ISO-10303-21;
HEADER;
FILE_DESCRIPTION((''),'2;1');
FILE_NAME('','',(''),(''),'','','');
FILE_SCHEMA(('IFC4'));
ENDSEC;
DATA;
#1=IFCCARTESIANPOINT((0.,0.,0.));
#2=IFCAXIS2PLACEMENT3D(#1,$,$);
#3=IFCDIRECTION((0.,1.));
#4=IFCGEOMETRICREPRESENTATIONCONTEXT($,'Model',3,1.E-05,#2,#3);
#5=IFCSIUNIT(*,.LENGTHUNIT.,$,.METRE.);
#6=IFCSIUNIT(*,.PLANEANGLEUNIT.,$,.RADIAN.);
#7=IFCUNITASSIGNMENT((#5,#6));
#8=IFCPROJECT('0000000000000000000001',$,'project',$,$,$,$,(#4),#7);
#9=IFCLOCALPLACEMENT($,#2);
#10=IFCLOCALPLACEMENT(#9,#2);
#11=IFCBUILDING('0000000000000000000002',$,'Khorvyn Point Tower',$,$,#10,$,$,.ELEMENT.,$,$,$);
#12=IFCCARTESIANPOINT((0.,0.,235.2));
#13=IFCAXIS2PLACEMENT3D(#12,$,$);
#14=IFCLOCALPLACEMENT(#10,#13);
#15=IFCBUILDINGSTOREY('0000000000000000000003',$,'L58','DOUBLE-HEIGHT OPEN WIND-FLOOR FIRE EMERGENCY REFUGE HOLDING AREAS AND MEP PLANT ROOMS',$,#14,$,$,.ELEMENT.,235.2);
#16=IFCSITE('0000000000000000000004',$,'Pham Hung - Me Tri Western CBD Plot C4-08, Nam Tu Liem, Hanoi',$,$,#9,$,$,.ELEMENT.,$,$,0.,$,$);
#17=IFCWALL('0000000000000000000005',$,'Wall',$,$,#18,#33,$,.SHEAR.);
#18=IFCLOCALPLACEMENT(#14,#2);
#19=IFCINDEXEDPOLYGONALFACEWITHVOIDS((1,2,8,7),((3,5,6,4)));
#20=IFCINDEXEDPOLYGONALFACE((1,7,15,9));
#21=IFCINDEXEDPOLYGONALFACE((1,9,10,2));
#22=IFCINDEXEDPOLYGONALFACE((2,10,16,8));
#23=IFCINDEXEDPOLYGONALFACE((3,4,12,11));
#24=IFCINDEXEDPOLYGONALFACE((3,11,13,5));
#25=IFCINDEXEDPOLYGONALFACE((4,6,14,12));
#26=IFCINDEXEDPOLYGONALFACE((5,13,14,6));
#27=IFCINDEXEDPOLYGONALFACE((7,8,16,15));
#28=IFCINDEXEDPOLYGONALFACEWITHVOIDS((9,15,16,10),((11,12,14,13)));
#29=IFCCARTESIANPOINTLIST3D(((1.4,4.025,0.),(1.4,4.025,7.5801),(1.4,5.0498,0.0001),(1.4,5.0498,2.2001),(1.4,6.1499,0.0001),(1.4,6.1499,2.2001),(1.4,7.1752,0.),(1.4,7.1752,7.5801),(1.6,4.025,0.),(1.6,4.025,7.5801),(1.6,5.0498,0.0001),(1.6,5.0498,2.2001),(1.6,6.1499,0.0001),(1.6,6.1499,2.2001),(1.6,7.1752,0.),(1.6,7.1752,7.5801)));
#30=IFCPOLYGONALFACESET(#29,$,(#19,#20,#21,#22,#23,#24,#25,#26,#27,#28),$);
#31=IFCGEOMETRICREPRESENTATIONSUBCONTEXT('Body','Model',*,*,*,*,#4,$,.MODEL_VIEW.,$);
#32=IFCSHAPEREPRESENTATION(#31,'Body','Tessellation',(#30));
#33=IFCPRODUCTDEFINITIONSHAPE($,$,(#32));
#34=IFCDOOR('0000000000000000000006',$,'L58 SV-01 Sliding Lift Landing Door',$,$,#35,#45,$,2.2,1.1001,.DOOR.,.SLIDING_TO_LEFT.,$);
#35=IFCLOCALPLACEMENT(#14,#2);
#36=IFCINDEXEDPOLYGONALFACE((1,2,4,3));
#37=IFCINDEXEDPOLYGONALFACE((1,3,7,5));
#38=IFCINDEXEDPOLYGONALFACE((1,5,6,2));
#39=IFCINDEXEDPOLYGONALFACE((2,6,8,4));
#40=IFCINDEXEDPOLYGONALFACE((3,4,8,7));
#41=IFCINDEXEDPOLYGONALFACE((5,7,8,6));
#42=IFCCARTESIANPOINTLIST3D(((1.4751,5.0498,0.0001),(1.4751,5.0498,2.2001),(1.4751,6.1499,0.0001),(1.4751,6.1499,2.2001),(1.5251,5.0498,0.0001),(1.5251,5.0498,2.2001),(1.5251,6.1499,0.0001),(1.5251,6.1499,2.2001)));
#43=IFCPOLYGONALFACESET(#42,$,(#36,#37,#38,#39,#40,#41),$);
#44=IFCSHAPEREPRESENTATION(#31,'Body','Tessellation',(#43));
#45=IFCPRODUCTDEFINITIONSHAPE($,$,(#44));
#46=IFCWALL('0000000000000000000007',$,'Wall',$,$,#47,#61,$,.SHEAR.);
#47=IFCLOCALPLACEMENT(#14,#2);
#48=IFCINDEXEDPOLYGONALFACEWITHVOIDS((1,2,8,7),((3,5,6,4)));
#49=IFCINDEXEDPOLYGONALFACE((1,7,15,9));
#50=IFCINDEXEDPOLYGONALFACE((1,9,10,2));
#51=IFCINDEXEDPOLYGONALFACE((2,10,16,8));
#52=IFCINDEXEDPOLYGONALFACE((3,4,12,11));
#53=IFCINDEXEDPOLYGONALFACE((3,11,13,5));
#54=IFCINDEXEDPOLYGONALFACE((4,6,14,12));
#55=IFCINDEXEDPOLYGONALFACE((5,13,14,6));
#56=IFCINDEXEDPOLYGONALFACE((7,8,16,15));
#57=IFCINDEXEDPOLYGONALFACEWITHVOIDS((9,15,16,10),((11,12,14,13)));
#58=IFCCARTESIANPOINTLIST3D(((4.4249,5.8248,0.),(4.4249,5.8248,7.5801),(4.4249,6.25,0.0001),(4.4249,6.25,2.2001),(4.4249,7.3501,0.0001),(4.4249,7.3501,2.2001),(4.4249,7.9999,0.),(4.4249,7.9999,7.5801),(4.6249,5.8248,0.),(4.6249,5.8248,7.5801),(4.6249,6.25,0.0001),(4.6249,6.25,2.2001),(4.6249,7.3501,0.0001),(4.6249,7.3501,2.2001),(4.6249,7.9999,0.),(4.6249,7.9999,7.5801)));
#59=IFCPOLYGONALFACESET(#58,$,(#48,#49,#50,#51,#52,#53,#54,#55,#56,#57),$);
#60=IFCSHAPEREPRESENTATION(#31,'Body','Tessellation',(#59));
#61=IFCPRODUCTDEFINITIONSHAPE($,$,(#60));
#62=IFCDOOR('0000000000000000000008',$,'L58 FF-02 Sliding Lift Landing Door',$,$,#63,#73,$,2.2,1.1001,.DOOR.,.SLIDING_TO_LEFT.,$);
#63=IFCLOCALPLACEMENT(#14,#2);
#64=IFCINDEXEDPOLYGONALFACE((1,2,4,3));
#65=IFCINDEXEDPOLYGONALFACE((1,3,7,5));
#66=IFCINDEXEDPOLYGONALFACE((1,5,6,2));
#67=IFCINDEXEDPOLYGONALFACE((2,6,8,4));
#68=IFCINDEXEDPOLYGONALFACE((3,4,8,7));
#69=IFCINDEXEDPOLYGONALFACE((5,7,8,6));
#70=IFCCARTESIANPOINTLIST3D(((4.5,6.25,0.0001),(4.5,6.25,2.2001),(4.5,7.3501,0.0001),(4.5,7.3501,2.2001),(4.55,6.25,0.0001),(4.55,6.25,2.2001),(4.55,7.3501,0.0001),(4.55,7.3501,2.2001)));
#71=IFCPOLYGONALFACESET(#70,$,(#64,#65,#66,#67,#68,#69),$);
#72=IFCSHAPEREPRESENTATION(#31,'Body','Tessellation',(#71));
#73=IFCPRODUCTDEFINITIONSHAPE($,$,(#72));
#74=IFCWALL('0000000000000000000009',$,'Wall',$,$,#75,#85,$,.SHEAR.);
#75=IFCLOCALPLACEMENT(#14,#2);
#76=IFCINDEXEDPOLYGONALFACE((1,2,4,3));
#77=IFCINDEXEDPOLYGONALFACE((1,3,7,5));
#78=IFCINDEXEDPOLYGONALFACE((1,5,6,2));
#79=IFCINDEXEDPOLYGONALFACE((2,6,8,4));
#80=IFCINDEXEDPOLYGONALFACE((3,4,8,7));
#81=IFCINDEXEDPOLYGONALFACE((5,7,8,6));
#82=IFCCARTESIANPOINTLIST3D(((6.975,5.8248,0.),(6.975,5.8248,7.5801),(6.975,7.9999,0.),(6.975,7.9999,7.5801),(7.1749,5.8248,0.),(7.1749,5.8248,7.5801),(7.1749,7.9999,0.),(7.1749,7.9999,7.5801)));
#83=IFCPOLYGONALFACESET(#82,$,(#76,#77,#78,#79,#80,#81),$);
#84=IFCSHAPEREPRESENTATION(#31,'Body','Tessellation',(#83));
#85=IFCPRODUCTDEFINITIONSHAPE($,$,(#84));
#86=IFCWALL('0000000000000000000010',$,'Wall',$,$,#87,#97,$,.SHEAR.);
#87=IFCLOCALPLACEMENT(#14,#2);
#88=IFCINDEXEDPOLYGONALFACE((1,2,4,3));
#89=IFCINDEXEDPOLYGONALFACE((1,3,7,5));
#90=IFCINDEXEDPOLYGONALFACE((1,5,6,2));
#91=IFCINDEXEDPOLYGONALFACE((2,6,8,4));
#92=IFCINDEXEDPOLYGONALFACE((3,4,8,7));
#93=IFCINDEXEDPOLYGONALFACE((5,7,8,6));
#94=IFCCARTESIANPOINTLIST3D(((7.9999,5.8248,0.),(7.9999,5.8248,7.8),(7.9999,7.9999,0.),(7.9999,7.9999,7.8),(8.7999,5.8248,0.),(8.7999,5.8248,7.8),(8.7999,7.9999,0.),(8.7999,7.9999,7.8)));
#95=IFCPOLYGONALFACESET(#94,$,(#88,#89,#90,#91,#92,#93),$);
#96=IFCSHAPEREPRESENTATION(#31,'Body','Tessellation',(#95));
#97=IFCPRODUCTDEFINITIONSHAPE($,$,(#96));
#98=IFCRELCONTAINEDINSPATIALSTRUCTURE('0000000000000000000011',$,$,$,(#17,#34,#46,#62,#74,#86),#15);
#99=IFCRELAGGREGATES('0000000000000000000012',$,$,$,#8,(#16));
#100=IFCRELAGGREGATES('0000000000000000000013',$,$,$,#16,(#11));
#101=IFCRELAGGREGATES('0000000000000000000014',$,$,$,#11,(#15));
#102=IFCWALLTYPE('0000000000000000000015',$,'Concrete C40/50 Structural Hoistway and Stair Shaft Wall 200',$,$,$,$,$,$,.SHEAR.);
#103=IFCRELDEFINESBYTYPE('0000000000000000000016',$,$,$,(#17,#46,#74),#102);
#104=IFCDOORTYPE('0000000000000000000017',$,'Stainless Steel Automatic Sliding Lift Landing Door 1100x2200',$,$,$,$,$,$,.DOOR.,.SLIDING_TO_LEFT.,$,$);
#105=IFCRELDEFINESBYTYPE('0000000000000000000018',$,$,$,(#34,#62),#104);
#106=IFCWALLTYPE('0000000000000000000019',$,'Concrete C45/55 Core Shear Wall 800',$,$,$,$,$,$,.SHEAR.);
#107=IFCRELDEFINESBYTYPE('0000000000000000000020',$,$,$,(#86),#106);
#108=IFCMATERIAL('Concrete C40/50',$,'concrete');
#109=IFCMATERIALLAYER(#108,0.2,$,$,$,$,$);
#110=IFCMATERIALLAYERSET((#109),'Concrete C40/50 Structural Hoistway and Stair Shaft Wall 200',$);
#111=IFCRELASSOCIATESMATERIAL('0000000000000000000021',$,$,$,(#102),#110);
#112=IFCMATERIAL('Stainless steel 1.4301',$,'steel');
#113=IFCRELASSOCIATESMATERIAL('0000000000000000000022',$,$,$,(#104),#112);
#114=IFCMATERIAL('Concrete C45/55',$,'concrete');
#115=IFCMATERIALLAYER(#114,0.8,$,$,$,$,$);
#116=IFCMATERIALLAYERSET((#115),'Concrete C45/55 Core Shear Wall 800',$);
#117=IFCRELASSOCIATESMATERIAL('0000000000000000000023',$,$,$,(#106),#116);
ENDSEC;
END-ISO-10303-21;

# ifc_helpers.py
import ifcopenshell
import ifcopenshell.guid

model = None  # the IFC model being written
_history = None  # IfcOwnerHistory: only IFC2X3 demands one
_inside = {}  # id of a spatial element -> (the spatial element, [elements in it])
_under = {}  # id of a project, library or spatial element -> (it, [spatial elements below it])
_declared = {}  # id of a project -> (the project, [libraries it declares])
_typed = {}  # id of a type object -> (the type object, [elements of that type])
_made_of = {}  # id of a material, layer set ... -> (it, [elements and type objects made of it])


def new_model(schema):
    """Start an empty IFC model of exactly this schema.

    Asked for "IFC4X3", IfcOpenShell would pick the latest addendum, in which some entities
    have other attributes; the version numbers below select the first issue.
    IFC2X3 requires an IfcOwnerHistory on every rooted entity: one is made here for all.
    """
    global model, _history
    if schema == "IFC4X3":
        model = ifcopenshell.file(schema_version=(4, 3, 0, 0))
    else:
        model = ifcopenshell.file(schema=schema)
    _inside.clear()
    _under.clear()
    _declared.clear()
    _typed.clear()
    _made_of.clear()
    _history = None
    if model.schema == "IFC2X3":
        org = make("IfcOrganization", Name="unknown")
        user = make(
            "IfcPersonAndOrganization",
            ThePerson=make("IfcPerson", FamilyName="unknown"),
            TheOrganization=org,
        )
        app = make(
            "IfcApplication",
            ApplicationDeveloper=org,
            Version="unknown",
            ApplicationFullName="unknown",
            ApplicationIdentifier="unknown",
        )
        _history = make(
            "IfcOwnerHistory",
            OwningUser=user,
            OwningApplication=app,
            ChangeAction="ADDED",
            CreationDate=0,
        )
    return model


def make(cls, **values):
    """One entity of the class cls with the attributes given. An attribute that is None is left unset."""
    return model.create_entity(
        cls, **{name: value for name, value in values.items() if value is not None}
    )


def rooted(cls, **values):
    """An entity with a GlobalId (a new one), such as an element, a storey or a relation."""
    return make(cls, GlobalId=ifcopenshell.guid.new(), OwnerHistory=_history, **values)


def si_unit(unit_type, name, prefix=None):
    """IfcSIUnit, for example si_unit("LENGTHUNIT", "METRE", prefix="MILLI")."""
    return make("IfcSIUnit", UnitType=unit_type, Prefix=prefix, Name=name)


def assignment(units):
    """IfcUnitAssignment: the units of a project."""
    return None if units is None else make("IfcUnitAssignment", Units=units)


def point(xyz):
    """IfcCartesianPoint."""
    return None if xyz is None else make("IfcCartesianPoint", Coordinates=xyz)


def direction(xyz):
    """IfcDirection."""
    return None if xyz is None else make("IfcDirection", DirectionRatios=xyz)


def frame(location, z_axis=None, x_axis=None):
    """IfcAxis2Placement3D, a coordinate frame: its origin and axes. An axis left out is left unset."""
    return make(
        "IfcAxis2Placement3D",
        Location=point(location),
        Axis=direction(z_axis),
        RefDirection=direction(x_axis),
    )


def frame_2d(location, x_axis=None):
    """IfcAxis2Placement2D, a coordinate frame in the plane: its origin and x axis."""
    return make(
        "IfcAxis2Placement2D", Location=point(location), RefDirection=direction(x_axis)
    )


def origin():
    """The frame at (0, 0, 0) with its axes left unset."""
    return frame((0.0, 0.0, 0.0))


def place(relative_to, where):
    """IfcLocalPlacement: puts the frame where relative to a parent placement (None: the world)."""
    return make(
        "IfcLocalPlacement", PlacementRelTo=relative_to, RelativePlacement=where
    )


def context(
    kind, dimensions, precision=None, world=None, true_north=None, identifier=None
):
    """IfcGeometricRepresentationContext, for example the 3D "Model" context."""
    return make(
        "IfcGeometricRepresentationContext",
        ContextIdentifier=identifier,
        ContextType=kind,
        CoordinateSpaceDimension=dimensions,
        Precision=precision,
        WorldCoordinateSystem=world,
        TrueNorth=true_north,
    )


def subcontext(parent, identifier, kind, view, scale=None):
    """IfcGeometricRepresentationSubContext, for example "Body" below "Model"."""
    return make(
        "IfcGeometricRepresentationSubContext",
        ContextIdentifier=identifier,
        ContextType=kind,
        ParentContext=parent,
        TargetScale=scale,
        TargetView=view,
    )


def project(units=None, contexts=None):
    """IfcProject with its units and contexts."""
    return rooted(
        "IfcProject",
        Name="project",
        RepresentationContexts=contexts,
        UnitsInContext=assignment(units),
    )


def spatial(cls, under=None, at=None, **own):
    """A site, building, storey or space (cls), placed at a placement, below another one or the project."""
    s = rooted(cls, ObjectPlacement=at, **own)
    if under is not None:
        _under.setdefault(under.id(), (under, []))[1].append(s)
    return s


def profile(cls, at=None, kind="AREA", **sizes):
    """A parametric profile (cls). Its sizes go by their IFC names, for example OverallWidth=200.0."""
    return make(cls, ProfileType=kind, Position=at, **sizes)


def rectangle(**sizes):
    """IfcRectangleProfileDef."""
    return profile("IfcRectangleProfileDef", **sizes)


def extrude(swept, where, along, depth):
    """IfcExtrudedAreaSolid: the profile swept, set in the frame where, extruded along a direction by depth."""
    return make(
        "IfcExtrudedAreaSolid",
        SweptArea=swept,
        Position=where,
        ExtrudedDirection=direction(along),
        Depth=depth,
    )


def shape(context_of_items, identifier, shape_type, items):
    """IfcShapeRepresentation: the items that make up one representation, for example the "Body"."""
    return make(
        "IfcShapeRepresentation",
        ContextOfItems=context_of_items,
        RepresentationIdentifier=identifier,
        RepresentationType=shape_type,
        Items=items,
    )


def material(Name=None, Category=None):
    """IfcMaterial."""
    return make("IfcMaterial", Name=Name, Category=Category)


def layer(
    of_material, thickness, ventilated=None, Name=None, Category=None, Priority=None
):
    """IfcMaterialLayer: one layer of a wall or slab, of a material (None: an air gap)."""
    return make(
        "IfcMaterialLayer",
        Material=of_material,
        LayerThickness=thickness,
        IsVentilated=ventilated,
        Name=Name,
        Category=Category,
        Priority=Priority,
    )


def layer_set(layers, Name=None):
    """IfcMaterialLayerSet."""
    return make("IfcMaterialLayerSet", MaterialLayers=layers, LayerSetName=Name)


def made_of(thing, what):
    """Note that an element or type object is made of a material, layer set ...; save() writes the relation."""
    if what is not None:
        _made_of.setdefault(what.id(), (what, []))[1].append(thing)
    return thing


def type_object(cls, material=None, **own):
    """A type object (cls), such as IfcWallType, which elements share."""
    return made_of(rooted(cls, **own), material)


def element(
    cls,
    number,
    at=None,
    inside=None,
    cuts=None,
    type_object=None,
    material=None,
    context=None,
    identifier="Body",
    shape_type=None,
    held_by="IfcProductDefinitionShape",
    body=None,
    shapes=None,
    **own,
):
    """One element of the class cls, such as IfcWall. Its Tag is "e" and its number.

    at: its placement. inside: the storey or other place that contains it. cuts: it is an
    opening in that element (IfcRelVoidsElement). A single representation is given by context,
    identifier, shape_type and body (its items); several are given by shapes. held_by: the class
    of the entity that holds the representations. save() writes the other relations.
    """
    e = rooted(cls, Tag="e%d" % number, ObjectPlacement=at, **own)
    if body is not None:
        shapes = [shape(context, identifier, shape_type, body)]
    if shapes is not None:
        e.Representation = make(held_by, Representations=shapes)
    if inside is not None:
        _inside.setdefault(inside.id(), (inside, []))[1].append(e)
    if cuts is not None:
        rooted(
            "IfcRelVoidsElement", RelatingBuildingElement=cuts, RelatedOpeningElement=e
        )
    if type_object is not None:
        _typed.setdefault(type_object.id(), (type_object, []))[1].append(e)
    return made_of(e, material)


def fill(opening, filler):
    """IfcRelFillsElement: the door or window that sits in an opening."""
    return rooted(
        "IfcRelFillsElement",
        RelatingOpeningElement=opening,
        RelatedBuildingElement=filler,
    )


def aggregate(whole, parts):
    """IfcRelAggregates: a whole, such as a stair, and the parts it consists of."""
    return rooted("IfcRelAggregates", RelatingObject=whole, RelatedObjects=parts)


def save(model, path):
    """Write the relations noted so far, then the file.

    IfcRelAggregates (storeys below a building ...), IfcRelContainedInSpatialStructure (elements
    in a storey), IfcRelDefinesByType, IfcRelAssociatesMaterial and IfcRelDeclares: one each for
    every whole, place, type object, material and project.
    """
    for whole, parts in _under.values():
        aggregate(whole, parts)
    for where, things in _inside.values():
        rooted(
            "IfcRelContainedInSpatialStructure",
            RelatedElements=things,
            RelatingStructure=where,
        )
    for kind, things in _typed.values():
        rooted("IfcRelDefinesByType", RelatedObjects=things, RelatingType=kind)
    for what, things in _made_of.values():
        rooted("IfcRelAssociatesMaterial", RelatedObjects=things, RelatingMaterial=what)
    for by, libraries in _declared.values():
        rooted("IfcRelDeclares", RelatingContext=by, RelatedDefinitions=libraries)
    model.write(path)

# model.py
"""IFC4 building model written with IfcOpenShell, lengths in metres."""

from ifc_helpers import new_model, si_unit, direction, frame, frame_2d, origin, place, context, subcontext, project, spatial, rectangle, extrude, material, layer, layer_set, type_object, element, fill, save


model = new_model("IFC4")

# Units and contexts
model_context = context("Model", 3, precision=1e-05, world=origin(), true_north=direction((0.0, 1.0)))
body_context = subcontext(model_context, "Body", "Model", "MODEL_VIEW")
ifc_project = project(units=[si_unit("LENGTHUNIT", "METRE"), si_unit("PLANEANGLEUNIT", "RADIAN")], contexts=[model_context])

# Site, building, storey
site_placement = place(None, origin())
site = spatial("IfcSite", under=ifc_project, at=site_placement, Name="Pham Hung - Me Tri Western CBD Plot C4-08, Nam Tu Liem, Hanoi", CompositionType="ELEMENT", RefElevation=0.0)
building_placement = place(site_placement, origin())
building = spatial("IfcBuilding", under=site, at=building_placement, Name="Khorvyn Point Tower", CompositionType="ELEMENT")
storey_placement = place(building_placement, frame((0.0, 0.0, 235.2)))
storey = spatial("IfcBuildingStorey", under=building, at=storey_placement, Name="L58", Description="DOUBLE-HEIGHT OPEN WIND-FLOOR FIRE EMERGENCY REFUGE HOLDING AREAS AND MEP PLANT ROOMS", CompositionType="ELEMENT", Elevation=235.2)

# Shared definitions
ifc_material_1 = material(Name="Concrete C40/50", Category="concrete")

# Shared definitions
ifc_layer_1 = layer(ifc_material_1, 0.2)
ifc_layer_set_1 = layer_set([ifc_layer_1], Name="Concrete C40/50 Structural Hoistway and Stair Shaft Wall 200")
wall_type_1 = type_object("IfcWallType", Name="Concrete C40/50 Structural Hoistway and Stair Shaft Wall 200", PredefinedType="SHEAR", material=ifc_layer_set_1)

# Walls, openings, doors
wall_1_placement = place(storey_placement, frame((1.5, 4.0249, 0.0), z_axis=(0.0, 0.0, 1.0), x_axis=(0.0, 1.0, 0.0)))
wall_1 = element("IfcWall", 1, at=wall_1_placement, inside=storey, type_object=wall_type_1, Name="Wall", PredefinedType="SHEAR", context=body_context, shape_type="SweptSolid", body=[
    extrude(rectangle(XDim=3.1501, YDim=0.2, at=frame_2d((1.5752, 0.0))), origin(), (0.0, 0.0, 1.0), 7.5801),
])
opening_1_placement = place(wall_1_placement, frame((1.0249, 0.0, 0.0)))
opening_1 = element("IfcOpeningElement", 2, at=opening_1_placement, cuts=wall_1, PredefinedType="OPENING", context=body_context, shape_type="SweptSolid", body=[
    extrude(rectangle(XDim=1.1001, YDim=2.2, at=frame_2d((0.55, 1.1001))), frame((0.0, 0.1099, 0.0), z_axis=(0.0, -1.0, 0.0), x_axis=(1.0, 0.0, 0.0)), (0.0, 0.0, 1.0), 0.22),
])
ifc_material_2 = material(Name="Stainless steel 1.4301", Category="steel")
door_type = type_object("IfcDoorType", Name="Stainless Steel Automatic Sliding Lift Landing Door 1100x2200", OperationType="SLIDING_TO_LEFT", PredefinedType="DOOR", material=ifc_material_2)
door_1_placement = place(opening_1_placement, origin())
door_1 = element("IfcDoor", 3, at=door_1_placement, inside=storey, type_object=door_type, Name="L58 SV-01 Sliding Lift Landing Door", OperationType="SLIDING_TO_LEFT", OverallHeight=2.2, OverallWidth=1.1001, PredefinedType="DOOR", context=body_context, shape_type="SweptSolid", body=[
    extrude(rectangle(XDim=1.1001, YDim=2.2, at=frame_2d((0.55, 1.1001))), frame((0.0, 0.0249, 0.0), z_axis=(0.0, -1.0, 0.0), x_axis=(1.0, 0.0, 0.0)), (0.0, 0.0, 1.0), 0.05),
])
fill(opening_1, door_1)
wall_2_placement = place(storey_placement, frame((4.5249, 5.825, 0.0), z_axis=(0.0, 0.0, 1.0), x_axis=(0.0, 1.0, 0.0)))
wall_2 = element("IfcWall", 4, at=wall_2_placement, inside=storey, type_object=wall_type_1, Name="Wall", PredefinedType="SHEAR", context=body_context, shape_type="SweptSolid", body=[
    extrude(rectangle(XDim=2.175, YDim=0.2, at=frame_2d((1.0874, 0.0))), origin(), (0.0, 0.0, 1.0), 7.5801),
])
opening_2_placement = place(wall_2_placement, frame((0.425, 0.0, 0.0)))
opening_2 = element("IfcOpeningElement", 5, at=opening_2_placement, cuts=wall_2, PredefinedType="OPENING", context=body_context, shape_type="SweptSolid", body=[
    extrude(rectangle(XDim=1.1001, YDim=2.2, at=frame_2d((0.55, 1.1001))), frame((0.0, 0.1099, 0.0), z_axis=(0.0, -1.0, 0.0), x_axis=(1.0, 0.0, 0.0)), (0.0, 0.0, 1.0), 0.22),
])
door_2_placement = place(opening_2_placement, origin())
door_2 = element("IfcDoor", 6, at=door_2_placement, inside=storey, type_object=door_type, Name="L58 FF-02 Sliding Lift Landing Door", OperationType="SLIDING_TO_LEFT", OverallHeight=2.2, OverallWidth=1.1001, PredefinedType="DOOR", context=body_context, shape_type="SweptSolid", body=[
    extrude(rectangle(XDim=1.1001, YDim=2.2, at=frame_2d((0.55, 1.1001))), frame((0.0, 0.0249, 0.0), z_axis=(0.0, -1.0, 0.0), x_axis=(1.0, 0.0, 0.0)), (0.0, 0.0, 1.0), 0.05),
])
fill(opening_2, door_2)

# Walls
wall_3_placement = place(storey_placement, frame((7.075, 5.825, 0.0), z_axis=(0.0, 0.0, 1.0), x_axis=(0.0, 1.0, 0.0)))
element("IfcWall", 7, at=wall_3_placement, inside=storey, type_object=wall_type_1, Name="Wall", PredefinedType="SHEAR", context=body_context, shape_type="SweptSolid", body=[
    extrude(rectangle(XDim=2.175, YDim=0.2, at=frame_2d((1.0874, 0.0))), origin(), (0.0, 0.0, 1.0), 7.5801),
])
ifc_material_3 = material(Name="Concrete C45/55", Category="concrete")
ifc_layer_2 = layer(ifc_material_3, 0.8)
ifc_layer_set_2 = layer_set([ifc_layer_2], Name="Concrete C45/55 Core Shear Wall 800")
wall_type_2 = type_object("IfcWallType", Name="Concrete C45/55 Core Shear Wall 800", PredefinedType="SHEAR", material=ifc_layer_set_2)
wall_4_placement = place(storey_placement, frame((8.3999, 5.825, 0.0), z_axis=(0.0, 0.0, 1.0), x_axis=(0.0, 1.0, 0.0)))
element("IfcWall", 8, at=wall_4_placement, inside=storey, type_object=wall_type_2, Name="Wall", PredefinedType="SHEAR", context=body_context, shape_type="SweptSolid", body=[
    extrude(rectangle(XDim=2.175, YDim=0.8, at=frame_2d((1.0874, 0.0))), origin(), (0.0, 0.0, 1.0), 7.8),
])

save(model, "model.ifc")
